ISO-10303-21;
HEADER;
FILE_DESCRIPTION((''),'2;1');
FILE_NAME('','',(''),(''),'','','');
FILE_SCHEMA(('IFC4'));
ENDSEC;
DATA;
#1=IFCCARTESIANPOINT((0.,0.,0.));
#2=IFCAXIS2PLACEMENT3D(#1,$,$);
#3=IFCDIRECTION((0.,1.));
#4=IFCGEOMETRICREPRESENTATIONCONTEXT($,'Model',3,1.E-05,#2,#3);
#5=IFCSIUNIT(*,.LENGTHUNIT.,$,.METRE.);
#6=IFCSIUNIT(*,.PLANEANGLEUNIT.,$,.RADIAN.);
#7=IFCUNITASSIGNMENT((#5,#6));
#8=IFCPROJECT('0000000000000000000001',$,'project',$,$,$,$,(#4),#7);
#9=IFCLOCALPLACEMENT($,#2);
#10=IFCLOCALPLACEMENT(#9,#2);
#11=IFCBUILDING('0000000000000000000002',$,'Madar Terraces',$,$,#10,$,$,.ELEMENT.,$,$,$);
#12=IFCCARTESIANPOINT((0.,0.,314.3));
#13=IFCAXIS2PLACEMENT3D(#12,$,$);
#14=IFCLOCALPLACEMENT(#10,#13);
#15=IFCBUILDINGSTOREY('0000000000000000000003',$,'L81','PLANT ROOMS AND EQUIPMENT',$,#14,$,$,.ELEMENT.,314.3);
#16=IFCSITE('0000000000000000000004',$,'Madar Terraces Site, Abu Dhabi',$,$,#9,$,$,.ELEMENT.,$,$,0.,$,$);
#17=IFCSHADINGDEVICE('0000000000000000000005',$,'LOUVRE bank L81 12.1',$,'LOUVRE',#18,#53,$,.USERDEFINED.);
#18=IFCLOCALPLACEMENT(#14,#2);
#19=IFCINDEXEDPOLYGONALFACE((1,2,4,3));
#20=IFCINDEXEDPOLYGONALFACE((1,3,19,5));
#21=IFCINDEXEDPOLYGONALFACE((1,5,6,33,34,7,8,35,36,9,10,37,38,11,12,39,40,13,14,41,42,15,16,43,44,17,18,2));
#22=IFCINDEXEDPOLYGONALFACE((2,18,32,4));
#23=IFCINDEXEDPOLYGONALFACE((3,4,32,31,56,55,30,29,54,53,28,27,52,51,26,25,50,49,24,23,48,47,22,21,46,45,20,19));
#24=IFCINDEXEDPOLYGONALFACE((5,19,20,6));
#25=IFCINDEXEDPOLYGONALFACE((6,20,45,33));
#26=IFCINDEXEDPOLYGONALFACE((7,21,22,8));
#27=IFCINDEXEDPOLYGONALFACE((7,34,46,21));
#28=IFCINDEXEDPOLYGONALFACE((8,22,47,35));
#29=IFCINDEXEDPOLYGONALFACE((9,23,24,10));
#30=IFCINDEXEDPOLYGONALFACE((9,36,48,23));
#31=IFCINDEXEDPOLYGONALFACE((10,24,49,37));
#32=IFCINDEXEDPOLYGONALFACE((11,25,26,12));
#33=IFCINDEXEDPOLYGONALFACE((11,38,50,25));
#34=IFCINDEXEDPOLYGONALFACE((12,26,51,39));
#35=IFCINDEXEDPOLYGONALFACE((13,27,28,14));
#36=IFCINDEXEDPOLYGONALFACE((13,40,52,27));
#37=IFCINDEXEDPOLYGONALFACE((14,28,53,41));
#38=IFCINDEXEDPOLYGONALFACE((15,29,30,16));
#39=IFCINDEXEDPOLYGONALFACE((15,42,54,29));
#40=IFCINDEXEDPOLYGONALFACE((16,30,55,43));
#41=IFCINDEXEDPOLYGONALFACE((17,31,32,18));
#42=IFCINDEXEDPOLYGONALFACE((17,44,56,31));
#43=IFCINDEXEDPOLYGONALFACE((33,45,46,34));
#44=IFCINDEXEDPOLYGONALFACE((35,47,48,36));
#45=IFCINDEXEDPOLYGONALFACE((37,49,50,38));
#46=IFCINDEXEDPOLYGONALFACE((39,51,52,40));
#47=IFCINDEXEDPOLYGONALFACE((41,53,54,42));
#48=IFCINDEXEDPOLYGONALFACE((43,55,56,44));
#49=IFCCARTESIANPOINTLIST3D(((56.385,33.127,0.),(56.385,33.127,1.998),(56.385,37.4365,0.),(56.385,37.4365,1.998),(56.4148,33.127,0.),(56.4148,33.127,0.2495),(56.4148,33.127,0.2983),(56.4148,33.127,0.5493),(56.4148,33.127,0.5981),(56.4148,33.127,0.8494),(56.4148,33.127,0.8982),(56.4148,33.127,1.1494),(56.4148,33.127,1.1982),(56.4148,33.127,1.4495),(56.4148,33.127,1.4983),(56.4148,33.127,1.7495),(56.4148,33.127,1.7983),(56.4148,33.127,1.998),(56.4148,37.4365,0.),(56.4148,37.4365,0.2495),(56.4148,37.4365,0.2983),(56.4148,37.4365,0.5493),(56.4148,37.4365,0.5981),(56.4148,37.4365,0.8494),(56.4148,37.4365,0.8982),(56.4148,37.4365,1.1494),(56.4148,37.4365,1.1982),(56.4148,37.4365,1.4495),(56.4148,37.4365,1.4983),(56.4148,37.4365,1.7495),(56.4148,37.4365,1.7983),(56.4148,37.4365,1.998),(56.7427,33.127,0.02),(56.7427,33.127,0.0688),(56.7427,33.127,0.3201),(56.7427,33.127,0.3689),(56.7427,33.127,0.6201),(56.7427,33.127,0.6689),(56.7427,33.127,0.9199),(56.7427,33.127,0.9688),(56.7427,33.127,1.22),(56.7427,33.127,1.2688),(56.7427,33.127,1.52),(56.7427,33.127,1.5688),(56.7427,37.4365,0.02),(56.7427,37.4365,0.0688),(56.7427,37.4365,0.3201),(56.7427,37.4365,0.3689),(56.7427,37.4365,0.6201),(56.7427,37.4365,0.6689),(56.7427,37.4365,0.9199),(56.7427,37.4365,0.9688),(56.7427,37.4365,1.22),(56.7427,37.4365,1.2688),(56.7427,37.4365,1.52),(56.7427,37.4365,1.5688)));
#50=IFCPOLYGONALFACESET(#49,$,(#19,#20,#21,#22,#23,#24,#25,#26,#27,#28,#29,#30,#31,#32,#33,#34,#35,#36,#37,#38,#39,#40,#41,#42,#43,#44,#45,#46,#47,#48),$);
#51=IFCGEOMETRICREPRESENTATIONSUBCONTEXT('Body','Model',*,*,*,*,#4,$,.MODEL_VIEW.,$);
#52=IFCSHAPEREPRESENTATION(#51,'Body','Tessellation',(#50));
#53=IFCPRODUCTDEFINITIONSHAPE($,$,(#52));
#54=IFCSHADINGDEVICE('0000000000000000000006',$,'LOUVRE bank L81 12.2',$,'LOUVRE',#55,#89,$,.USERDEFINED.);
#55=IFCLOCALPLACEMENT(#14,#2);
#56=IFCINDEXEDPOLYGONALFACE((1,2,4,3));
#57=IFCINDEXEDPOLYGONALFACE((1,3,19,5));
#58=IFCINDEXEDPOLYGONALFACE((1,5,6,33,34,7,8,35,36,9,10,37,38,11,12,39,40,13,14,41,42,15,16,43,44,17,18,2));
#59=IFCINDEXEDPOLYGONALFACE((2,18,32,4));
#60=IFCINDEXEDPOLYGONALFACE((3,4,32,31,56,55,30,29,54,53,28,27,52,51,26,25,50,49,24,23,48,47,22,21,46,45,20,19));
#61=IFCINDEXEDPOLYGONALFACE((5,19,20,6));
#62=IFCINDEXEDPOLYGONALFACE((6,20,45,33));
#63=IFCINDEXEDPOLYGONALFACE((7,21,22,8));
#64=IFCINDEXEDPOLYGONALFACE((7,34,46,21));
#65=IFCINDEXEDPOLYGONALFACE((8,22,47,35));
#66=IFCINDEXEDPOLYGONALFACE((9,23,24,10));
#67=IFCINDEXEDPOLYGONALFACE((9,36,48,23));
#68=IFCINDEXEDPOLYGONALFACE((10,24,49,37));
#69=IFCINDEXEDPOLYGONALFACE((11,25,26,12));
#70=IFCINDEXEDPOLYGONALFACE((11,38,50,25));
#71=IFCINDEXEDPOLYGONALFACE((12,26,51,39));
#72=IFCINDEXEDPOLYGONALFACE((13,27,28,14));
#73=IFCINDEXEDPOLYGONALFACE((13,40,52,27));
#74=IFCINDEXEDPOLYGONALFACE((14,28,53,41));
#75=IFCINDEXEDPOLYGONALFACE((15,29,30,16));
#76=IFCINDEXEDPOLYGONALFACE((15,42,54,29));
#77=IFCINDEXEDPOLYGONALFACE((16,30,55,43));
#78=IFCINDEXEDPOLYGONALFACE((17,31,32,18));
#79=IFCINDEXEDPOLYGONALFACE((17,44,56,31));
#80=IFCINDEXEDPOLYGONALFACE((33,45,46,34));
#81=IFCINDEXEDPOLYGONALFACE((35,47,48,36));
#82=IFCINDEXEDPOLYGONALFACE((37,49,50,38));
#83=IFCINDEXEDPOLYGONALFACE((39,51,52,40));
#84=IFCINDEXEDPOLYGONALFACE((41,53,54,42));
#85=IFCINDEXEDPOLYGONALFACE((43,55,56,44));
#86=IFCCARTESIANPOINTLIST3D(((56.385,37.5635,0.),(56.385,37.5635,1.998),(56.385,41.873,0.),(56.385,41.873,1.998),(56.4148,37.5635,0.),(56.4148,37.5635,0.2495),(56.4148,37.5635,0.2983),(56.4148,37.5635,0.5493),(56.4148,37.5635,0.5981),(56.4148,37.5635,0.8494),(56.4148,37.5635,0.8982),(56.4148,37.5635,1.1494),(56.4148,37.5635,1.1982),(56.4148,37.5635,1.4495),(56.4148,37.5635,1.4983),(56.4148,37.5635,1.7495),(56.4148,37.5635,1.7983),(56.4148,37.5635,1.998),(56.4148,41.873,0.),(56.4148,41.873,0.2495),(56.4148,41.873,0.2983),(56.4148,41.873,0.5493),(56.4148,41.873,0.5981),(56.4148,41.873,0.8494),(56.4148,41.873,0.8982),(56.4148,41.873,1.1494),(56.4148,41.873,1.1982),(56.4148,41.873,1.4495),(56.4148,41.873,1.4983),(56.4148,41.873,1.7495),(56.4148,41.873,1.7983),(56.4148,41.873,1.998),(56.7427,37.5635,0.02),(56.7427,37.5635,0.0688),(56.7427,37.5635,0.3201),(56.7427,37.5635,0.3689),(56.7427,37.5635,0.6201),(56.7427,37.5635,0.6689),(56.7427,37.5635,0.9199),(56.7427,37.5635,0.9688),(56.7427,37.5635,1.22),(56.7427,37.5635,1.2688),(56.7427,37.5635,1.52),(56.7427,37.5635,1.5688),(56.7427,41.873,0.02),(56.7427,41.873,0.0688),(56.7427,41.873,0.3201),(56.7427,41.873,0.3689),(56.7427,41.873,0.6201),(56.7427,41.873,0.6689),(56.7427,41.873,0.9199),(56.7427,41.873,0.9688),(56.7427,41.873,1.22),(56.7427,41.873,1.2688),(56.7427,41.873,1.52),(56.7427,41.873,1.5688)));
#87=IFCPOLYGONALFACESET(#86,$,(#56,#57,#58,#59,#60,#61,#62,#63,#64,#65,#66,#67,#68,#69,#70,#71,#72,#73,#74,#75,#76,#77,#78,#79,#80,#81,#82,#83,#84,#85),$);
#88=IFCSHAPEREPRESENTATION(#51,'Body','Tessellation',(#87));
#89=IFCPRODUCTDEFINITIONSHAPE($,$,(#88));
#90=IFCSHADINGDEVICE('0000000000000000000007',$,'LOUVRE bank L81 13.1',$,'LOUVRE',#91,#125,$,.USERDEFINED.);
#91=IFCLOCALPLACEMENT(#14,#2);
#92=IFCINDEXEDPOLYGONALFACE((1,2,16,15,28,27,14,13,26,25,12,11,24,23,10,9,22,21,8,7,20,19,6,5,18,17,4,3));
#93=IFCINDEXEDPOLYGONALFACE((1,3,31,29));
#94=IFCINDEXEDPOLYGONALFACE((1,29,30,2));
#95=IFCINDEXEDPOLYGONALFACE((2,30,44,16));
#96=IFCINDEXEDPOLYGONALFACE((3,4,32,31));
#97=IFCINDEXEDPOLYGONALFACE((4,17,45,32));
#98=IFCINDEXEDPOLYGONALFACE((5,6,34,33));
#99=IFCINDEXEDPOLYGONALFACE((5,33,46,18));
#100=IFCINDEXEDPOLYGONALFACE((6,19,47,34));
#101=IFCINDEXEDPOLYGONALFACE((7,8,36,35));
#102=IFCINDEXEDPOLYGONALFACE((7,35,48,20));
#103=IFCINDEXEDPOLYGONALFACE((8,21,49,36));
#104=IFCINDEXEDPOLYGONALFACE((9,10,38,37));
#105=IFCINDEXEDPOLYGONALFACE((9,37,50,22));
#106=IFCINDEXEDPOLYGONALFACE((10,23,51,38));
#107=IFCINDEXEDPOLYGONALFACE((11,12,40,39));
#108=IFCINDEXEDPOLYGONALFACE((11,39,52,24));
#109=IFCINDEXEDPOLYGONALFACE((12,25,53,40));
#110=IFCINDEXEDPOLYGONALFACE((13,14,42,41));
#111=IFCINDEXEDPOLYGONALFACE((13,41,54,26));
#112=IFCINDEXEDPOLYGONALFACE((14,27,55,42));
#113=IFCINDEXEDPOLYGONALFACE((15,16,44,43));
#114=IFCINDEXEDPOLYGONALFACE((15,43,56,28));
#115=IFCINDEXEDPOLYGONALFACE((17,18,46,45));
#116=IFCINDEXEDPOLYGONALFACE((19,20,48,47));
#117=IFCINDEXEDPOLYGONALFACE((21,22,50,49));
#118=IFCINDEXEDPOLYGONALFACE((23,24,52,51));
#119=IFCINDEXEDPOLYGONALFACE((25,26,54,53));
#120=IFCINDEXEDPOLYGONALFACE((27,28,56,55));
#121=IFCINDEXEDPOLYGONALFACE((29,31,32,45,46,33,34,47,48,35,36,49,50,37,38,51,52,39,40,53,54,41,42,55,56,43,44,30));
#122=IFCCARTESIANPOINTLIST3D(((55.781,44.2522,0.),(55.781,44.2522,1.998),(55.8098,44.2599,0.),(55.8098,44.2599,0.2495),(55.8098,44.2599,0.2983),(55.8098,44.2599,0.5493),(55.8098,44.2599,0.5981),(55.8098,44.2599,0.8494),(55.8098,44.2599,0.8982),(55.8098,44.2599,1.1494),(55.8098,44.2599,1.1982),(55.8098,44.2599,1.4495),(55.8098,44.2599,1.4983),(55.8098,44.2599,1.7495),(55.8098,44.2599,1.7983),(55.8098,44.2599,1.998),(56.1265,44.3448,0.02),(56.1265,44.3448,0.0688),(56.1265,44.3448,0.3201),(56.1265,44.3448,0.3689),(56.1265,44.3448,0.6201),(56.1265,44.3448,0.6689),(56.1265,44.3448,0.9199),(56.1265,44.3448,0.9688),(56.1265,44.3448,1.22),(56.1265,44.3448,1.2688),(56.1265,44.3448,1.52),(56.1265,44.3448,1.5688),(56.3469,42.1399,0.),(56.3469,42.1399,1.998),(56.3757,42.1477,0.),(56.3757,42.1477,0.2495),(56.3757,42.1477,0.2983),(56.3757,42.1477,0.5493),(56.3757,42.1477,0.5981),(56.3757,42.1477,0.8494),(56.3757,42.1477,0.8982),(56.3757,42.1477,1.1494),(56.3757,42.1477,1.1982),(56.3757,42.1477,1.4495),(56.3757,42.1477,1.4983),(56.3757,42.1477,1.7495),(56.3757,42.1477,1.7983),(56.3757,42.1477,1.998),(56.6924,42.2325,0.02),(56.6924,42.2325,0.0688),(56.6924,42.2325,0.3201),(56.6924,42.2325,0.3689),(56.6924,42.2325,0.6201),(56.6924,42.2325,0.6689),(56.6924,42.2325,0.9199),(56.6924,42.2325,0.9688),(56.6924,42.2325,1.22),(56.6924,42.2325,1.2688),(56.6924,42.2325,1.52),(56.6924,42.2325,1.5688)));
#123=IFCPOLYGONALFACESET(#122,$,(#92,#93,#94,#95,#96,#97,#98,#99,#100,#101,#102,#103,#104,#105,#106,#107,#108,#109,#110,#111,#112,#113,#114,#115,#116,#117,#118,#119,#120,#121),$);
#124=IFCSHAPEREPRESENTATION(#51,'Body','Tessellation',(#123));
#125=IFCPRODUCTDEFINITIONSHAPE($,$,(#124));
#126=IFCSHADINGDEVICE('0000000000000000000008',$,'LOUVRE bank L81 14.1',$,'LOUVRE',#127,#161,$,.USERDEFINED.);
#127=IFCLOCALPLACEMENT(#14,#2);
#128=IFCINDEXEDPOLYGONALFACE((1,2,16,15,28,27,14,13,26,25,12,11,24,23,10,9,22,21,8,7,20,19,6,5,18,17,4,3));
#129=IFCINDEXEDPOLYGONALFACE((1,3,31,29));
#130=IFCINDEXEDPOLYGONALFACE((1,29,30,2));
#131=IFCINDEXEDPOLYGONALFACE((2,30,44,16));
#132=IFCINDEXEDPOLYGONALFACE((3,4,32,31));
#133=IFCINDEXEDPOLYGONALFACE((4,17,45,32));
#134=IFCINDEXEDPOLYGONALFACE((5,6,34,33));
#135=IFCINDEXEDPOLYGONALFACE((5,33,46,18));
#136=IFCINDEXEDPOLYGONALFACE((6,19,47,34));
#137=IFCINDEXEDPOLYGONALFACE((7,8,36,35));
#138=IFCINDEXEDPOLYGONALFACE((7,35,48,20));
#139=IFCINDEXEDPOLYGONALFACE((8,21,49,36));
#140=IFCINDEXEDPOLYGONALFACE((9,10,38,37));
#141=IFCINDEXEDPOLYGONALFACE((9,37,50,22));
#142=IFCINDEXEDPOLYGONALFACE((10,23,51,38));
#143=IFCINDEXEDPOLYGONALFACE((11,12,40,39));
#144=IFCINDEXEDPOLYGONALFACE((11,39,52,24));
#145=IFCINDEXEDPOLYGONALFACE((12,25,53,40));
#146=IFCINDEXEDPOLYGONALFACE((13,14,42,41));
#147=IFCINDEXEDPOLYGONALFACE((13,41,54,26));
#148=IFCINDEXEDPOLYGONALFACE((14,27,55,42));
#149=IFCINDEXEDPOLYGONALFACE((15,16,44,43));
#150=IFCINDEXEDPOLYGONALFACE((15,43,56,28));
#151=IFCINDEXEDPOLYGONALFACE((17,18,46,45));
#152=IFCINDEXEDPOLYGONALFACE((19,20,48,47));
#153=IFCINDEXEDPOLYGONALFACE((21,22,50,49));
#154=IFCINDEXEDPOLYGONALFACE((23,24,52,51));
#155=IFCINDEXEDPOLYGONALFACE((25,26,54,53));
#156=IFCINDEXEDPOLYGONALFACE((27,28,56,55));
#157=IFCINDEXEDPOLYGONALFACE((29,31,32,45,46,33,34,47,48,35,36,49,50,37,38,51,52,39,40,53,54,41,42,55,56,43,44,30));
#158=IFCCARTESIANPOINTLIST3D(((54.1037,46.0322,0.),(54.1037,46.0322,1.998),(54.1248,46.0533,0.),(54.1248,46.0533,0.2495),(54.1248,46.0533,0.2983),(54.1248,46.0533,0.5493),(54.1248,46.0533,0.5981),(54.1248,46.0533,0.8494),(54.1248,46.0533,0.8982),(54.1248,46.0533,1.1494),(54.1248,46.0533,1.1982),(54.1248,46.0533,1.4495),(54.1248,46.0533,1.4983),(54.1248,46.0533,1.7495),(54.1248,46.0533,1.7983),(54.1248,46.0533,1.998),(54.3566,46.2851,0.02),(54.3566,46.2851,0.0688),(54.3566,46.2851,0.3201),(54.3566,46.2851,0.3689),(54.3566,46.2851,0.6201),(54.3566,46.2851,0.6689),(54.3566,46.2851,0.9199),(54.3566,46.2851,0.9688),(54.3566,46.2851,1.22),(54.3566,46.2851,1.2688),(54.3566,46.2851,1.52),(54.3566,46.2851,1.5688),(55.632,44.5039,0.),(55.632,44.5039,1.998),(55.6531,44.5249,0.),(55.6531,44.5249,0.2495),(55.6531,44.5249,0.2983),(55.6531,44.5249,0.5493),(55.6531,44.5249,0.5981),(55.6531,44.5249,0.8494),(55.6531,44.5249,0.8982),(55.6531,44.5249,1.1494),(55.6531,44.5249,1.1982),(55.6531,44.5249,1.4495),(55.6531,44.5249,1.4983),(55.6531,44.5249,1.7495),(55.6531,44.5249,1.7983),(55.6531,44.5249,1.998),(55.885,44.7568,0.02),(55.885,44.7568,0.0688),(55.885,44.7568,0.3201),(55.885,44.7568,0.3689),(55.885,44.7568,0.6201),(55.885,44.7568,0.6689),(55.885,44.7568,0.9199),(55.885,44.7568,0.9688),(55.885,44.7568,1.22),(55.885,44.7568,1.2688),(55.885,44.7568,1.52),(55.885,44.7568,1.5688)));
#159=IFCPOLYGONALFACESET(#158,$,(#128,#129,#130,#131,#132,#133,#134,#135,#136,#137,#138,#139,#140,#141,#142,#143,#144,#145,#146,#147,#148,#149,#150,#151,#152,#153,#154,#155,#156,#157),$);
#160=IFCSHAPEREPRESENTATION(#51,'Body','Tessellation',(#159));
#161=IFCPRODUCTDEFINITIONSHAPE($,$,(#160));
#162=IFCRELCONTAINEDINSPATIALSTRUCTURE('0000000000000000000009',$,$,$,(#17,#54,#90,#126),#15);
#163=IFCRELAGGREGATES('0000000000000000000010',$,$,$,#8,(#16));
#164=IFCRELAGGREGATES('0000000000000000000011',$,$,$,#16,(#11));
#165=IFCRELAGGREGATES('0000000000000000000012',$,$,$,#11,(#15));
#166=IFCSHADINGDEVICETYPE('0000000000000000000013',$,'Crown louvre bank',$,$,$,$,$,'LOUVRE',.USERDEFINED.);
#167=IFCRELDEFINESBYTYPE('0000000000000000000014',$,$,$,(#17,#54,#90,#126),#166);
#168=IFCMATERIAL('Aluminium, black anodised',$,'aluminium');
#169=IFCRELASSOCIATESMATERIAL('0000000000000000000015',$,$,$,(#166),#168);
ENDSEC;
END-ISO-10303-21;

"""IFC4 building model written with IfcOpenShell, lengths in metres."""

from ifc_helpers import new_model, si_unit, direction, frame, origin, place, context, subcontext, project, spatial, polyline, outline, extrude, material, type_object, element, save


model = new_model("IFC4")

# Units and contexts
model_context = context("Model", 3, precision=1e-05, world=origin(), true_north=direction((0.0, 1.0)))
body_context = subcontext(model_context, "Body", "Model", "MODEL_VIEW")
ifc_project = project(units=[si_unit("LENGTHUNIT", "METRE"), si_unit("PLANEANGLEUNIT", "RADIAN")], contexts=[model_context])

# Site, building, storey
site_placement = place(None, origin())
site = spatial("IfcSite", under=ifc_project, at=site_placement, Name="Madar Terraces Site, Abu Dhabi", CompositionType="ELEMENT", RefElevation=0.0)
building_placement = place(site_placement, origin())
building = spatial("IfcBuilding", under=site, at=building_placement, Name="Madar Terraces", CompositionType="ELEMENT")
storey_placement = place(building_placement, frame((0.0, 0.0, 314.3)))
storey = spatial("IfcBuildingStorey", under=building, at=storey_placement, Name="L81", Description="PLANT ROOMS AND EQUIPMENT", CompositionType="ELEMENT", Elevation=314.3)

# Shading devices
ifc_material_1 = material(Name="Aluminium, black anodised", Category="aluminium")
shading_device_type = type_object("IfcShadingDeviceType", Name="Crown louvre bank", ElementType="LOUVRE", PredefinedType="USERDEFINED", material=ifc_material_1)
for number, where, z_axis, x_axis, name in (
    (1, (56.3999, 33.127, 0.0), (0.0, 1.0, 0.0), (-1.0, 0.0, 0.0), "LOUVRE bank L81 12.1"),
    (2, (56.3999, 37.5635, 0.0), (0.0, 1.0, 0.0), (-1.0, 0.0, 0.0), "LOUVRE bank L81 12.2"),
):
    element("IfcShadingDevice", number, at=place(storey_placement, frame(where, z_axis=z_axis, x_axis=x_axis)), inside=storey, type_object=shading_device_type, Name=name, ObjectType="LOUVRE", PredefinedType="USERDEFINED", context=body_context, shape_type="SweptSolid", body=[
        extrude(outline(polyline([(0.0149, 0.0), (-0.0149, 0.0), (-0.0149, 0.2495), (-0.3428, 0.02), (-0.3428, 0.0688), (-0.0149, 0.2983), (-0.0149, 0.5493), (-0.3428, 0.3201), (-0.3428, 0.3689), (-0.0149, 0.5981), (-0.0149, 0.8494), (-0.3428, 0.6201), (-0.3428, 0.6689), (-0.0149, 0.8982), (-0.0149, 1.1494), (-0.3428, 0.9199), (-0.3428, 0.9688), (-0.0149, 1.1982), (-0.0149, 1.4495), (-0.3428, 1.22), (-0.3428, 1.2688), (-0.0149, 1.4983), (-0.0149, 1.7495), (-0.3428, 1.52), (-0.3428, 1.5688), (-0.0149, 1.7983), (-0.0149, 1.998), (0.0149, 1.998), (0.0149, 0.0)])), origin(), (0.0, 0.0, 1.0), 4.3096),
    ])
shading_device_1_placement = place(storey_placement, frame((56.3613, 42.1438, 0.0), z_axis=(-0.258788, 0.965934, 0.0), x_axis=(-0.965934, -0.258788, 0.0)))
element("IfcShadingDevice", 3, at=shading_device_1_placement, inside=storey, type_object=shading_device_type, Name="LOUVRE bank L81 13.1", ObjectType="LOUVRE", PredefinedType="USERDEFINED", context=body_context, shape_type="SweptSolid", body=[
    extrude(outline(polyline([(0.0149, 0.0), (-0.0149, 0.0), (-0.0149, 0.2495), (-0.3428, 0.02), (-0.3428, 0.0688), (-0.0149, 0.2983), (-0.0149, 0.5493), (-0.3428, 0.3201), (-0.3428, 0.3689), (-0.0149, 0.5981), (-0.0149, 0.8494), (-0.3428, 0.6201), (-0.3428, 0.6689), (-0.0149, 0.8982), (-0.0149, 1.1494), (-0.3428, 0.9199), (-0.3428, 0.9688), (-0.0149, 1.1982), (-0.0149, 1.4495), (-0.3428, 1.22), (-0.3428, 1.2688), (-0.0149, 1.4983), (-0.0149, 1.7495), (-0.3428, 1.52), (-0.3428, 1.5688), (-0.0149, 1.7983), (-0.0149, 1.998), (0.0149, 1.998), (0.0149, 0.0)])), origin(), (0.0, 0.0, 1.0), 2.1868),
])
shading_device_2_placement = place(storey_placement, frame((55.6426, 44.5144, 0.0), z_axis=(-0.707107, 0.707107, 0.0), x_axis=(-0.707107, -0.707107, 0.0)))
element("IfcShadingDevice", 4, at=shading_device_2_placement, inside=storey, type_object=shading_device_type, Name="LOUVRE bank L81 14.1", ObjectType="LOUVRE", PredefinedType="USERDEFINED", context=body_context, shape_type="SweptSolid", body=[
    extrude(outline(polyline([(0.0149, 0.0), (-0.0149, 0.0), (-0.0149, 0.2495), (-0.3428, 0.02), (-0.3428, 0.0688), (-0.0149, 0.2983), (-0.0149, 0.5493), (-0.3428, 0.3201), (-0.3428, 0.3689), (-0.0149, 0.5981), (-0.0149, 0.8494), (-0.3428, 0.6201), (-0.3428, 0.6689), (-0.0149, 0.8982), (-0.0149, 1.1494), (-0.3428, 0.9199), (-0.3428, 0.9688), (-0.0149, 1.1982), (-0.0149, 1.4495), (-0.3428, 1.22), (-0.3428, 1.2688), (-0.0149, 1.4983), (-0.0149, 1.7495), (-0.3428, 1.52), (-0.3428, 1.5688), (-0.0149, 1.7983), (-0.0149, 1.998), (0.0149, 1.998), (0.0149, 0.0)])), origin(), (0.0, 0.0, 1.0), 2.1614),
])

save(model, "model.ifc")
